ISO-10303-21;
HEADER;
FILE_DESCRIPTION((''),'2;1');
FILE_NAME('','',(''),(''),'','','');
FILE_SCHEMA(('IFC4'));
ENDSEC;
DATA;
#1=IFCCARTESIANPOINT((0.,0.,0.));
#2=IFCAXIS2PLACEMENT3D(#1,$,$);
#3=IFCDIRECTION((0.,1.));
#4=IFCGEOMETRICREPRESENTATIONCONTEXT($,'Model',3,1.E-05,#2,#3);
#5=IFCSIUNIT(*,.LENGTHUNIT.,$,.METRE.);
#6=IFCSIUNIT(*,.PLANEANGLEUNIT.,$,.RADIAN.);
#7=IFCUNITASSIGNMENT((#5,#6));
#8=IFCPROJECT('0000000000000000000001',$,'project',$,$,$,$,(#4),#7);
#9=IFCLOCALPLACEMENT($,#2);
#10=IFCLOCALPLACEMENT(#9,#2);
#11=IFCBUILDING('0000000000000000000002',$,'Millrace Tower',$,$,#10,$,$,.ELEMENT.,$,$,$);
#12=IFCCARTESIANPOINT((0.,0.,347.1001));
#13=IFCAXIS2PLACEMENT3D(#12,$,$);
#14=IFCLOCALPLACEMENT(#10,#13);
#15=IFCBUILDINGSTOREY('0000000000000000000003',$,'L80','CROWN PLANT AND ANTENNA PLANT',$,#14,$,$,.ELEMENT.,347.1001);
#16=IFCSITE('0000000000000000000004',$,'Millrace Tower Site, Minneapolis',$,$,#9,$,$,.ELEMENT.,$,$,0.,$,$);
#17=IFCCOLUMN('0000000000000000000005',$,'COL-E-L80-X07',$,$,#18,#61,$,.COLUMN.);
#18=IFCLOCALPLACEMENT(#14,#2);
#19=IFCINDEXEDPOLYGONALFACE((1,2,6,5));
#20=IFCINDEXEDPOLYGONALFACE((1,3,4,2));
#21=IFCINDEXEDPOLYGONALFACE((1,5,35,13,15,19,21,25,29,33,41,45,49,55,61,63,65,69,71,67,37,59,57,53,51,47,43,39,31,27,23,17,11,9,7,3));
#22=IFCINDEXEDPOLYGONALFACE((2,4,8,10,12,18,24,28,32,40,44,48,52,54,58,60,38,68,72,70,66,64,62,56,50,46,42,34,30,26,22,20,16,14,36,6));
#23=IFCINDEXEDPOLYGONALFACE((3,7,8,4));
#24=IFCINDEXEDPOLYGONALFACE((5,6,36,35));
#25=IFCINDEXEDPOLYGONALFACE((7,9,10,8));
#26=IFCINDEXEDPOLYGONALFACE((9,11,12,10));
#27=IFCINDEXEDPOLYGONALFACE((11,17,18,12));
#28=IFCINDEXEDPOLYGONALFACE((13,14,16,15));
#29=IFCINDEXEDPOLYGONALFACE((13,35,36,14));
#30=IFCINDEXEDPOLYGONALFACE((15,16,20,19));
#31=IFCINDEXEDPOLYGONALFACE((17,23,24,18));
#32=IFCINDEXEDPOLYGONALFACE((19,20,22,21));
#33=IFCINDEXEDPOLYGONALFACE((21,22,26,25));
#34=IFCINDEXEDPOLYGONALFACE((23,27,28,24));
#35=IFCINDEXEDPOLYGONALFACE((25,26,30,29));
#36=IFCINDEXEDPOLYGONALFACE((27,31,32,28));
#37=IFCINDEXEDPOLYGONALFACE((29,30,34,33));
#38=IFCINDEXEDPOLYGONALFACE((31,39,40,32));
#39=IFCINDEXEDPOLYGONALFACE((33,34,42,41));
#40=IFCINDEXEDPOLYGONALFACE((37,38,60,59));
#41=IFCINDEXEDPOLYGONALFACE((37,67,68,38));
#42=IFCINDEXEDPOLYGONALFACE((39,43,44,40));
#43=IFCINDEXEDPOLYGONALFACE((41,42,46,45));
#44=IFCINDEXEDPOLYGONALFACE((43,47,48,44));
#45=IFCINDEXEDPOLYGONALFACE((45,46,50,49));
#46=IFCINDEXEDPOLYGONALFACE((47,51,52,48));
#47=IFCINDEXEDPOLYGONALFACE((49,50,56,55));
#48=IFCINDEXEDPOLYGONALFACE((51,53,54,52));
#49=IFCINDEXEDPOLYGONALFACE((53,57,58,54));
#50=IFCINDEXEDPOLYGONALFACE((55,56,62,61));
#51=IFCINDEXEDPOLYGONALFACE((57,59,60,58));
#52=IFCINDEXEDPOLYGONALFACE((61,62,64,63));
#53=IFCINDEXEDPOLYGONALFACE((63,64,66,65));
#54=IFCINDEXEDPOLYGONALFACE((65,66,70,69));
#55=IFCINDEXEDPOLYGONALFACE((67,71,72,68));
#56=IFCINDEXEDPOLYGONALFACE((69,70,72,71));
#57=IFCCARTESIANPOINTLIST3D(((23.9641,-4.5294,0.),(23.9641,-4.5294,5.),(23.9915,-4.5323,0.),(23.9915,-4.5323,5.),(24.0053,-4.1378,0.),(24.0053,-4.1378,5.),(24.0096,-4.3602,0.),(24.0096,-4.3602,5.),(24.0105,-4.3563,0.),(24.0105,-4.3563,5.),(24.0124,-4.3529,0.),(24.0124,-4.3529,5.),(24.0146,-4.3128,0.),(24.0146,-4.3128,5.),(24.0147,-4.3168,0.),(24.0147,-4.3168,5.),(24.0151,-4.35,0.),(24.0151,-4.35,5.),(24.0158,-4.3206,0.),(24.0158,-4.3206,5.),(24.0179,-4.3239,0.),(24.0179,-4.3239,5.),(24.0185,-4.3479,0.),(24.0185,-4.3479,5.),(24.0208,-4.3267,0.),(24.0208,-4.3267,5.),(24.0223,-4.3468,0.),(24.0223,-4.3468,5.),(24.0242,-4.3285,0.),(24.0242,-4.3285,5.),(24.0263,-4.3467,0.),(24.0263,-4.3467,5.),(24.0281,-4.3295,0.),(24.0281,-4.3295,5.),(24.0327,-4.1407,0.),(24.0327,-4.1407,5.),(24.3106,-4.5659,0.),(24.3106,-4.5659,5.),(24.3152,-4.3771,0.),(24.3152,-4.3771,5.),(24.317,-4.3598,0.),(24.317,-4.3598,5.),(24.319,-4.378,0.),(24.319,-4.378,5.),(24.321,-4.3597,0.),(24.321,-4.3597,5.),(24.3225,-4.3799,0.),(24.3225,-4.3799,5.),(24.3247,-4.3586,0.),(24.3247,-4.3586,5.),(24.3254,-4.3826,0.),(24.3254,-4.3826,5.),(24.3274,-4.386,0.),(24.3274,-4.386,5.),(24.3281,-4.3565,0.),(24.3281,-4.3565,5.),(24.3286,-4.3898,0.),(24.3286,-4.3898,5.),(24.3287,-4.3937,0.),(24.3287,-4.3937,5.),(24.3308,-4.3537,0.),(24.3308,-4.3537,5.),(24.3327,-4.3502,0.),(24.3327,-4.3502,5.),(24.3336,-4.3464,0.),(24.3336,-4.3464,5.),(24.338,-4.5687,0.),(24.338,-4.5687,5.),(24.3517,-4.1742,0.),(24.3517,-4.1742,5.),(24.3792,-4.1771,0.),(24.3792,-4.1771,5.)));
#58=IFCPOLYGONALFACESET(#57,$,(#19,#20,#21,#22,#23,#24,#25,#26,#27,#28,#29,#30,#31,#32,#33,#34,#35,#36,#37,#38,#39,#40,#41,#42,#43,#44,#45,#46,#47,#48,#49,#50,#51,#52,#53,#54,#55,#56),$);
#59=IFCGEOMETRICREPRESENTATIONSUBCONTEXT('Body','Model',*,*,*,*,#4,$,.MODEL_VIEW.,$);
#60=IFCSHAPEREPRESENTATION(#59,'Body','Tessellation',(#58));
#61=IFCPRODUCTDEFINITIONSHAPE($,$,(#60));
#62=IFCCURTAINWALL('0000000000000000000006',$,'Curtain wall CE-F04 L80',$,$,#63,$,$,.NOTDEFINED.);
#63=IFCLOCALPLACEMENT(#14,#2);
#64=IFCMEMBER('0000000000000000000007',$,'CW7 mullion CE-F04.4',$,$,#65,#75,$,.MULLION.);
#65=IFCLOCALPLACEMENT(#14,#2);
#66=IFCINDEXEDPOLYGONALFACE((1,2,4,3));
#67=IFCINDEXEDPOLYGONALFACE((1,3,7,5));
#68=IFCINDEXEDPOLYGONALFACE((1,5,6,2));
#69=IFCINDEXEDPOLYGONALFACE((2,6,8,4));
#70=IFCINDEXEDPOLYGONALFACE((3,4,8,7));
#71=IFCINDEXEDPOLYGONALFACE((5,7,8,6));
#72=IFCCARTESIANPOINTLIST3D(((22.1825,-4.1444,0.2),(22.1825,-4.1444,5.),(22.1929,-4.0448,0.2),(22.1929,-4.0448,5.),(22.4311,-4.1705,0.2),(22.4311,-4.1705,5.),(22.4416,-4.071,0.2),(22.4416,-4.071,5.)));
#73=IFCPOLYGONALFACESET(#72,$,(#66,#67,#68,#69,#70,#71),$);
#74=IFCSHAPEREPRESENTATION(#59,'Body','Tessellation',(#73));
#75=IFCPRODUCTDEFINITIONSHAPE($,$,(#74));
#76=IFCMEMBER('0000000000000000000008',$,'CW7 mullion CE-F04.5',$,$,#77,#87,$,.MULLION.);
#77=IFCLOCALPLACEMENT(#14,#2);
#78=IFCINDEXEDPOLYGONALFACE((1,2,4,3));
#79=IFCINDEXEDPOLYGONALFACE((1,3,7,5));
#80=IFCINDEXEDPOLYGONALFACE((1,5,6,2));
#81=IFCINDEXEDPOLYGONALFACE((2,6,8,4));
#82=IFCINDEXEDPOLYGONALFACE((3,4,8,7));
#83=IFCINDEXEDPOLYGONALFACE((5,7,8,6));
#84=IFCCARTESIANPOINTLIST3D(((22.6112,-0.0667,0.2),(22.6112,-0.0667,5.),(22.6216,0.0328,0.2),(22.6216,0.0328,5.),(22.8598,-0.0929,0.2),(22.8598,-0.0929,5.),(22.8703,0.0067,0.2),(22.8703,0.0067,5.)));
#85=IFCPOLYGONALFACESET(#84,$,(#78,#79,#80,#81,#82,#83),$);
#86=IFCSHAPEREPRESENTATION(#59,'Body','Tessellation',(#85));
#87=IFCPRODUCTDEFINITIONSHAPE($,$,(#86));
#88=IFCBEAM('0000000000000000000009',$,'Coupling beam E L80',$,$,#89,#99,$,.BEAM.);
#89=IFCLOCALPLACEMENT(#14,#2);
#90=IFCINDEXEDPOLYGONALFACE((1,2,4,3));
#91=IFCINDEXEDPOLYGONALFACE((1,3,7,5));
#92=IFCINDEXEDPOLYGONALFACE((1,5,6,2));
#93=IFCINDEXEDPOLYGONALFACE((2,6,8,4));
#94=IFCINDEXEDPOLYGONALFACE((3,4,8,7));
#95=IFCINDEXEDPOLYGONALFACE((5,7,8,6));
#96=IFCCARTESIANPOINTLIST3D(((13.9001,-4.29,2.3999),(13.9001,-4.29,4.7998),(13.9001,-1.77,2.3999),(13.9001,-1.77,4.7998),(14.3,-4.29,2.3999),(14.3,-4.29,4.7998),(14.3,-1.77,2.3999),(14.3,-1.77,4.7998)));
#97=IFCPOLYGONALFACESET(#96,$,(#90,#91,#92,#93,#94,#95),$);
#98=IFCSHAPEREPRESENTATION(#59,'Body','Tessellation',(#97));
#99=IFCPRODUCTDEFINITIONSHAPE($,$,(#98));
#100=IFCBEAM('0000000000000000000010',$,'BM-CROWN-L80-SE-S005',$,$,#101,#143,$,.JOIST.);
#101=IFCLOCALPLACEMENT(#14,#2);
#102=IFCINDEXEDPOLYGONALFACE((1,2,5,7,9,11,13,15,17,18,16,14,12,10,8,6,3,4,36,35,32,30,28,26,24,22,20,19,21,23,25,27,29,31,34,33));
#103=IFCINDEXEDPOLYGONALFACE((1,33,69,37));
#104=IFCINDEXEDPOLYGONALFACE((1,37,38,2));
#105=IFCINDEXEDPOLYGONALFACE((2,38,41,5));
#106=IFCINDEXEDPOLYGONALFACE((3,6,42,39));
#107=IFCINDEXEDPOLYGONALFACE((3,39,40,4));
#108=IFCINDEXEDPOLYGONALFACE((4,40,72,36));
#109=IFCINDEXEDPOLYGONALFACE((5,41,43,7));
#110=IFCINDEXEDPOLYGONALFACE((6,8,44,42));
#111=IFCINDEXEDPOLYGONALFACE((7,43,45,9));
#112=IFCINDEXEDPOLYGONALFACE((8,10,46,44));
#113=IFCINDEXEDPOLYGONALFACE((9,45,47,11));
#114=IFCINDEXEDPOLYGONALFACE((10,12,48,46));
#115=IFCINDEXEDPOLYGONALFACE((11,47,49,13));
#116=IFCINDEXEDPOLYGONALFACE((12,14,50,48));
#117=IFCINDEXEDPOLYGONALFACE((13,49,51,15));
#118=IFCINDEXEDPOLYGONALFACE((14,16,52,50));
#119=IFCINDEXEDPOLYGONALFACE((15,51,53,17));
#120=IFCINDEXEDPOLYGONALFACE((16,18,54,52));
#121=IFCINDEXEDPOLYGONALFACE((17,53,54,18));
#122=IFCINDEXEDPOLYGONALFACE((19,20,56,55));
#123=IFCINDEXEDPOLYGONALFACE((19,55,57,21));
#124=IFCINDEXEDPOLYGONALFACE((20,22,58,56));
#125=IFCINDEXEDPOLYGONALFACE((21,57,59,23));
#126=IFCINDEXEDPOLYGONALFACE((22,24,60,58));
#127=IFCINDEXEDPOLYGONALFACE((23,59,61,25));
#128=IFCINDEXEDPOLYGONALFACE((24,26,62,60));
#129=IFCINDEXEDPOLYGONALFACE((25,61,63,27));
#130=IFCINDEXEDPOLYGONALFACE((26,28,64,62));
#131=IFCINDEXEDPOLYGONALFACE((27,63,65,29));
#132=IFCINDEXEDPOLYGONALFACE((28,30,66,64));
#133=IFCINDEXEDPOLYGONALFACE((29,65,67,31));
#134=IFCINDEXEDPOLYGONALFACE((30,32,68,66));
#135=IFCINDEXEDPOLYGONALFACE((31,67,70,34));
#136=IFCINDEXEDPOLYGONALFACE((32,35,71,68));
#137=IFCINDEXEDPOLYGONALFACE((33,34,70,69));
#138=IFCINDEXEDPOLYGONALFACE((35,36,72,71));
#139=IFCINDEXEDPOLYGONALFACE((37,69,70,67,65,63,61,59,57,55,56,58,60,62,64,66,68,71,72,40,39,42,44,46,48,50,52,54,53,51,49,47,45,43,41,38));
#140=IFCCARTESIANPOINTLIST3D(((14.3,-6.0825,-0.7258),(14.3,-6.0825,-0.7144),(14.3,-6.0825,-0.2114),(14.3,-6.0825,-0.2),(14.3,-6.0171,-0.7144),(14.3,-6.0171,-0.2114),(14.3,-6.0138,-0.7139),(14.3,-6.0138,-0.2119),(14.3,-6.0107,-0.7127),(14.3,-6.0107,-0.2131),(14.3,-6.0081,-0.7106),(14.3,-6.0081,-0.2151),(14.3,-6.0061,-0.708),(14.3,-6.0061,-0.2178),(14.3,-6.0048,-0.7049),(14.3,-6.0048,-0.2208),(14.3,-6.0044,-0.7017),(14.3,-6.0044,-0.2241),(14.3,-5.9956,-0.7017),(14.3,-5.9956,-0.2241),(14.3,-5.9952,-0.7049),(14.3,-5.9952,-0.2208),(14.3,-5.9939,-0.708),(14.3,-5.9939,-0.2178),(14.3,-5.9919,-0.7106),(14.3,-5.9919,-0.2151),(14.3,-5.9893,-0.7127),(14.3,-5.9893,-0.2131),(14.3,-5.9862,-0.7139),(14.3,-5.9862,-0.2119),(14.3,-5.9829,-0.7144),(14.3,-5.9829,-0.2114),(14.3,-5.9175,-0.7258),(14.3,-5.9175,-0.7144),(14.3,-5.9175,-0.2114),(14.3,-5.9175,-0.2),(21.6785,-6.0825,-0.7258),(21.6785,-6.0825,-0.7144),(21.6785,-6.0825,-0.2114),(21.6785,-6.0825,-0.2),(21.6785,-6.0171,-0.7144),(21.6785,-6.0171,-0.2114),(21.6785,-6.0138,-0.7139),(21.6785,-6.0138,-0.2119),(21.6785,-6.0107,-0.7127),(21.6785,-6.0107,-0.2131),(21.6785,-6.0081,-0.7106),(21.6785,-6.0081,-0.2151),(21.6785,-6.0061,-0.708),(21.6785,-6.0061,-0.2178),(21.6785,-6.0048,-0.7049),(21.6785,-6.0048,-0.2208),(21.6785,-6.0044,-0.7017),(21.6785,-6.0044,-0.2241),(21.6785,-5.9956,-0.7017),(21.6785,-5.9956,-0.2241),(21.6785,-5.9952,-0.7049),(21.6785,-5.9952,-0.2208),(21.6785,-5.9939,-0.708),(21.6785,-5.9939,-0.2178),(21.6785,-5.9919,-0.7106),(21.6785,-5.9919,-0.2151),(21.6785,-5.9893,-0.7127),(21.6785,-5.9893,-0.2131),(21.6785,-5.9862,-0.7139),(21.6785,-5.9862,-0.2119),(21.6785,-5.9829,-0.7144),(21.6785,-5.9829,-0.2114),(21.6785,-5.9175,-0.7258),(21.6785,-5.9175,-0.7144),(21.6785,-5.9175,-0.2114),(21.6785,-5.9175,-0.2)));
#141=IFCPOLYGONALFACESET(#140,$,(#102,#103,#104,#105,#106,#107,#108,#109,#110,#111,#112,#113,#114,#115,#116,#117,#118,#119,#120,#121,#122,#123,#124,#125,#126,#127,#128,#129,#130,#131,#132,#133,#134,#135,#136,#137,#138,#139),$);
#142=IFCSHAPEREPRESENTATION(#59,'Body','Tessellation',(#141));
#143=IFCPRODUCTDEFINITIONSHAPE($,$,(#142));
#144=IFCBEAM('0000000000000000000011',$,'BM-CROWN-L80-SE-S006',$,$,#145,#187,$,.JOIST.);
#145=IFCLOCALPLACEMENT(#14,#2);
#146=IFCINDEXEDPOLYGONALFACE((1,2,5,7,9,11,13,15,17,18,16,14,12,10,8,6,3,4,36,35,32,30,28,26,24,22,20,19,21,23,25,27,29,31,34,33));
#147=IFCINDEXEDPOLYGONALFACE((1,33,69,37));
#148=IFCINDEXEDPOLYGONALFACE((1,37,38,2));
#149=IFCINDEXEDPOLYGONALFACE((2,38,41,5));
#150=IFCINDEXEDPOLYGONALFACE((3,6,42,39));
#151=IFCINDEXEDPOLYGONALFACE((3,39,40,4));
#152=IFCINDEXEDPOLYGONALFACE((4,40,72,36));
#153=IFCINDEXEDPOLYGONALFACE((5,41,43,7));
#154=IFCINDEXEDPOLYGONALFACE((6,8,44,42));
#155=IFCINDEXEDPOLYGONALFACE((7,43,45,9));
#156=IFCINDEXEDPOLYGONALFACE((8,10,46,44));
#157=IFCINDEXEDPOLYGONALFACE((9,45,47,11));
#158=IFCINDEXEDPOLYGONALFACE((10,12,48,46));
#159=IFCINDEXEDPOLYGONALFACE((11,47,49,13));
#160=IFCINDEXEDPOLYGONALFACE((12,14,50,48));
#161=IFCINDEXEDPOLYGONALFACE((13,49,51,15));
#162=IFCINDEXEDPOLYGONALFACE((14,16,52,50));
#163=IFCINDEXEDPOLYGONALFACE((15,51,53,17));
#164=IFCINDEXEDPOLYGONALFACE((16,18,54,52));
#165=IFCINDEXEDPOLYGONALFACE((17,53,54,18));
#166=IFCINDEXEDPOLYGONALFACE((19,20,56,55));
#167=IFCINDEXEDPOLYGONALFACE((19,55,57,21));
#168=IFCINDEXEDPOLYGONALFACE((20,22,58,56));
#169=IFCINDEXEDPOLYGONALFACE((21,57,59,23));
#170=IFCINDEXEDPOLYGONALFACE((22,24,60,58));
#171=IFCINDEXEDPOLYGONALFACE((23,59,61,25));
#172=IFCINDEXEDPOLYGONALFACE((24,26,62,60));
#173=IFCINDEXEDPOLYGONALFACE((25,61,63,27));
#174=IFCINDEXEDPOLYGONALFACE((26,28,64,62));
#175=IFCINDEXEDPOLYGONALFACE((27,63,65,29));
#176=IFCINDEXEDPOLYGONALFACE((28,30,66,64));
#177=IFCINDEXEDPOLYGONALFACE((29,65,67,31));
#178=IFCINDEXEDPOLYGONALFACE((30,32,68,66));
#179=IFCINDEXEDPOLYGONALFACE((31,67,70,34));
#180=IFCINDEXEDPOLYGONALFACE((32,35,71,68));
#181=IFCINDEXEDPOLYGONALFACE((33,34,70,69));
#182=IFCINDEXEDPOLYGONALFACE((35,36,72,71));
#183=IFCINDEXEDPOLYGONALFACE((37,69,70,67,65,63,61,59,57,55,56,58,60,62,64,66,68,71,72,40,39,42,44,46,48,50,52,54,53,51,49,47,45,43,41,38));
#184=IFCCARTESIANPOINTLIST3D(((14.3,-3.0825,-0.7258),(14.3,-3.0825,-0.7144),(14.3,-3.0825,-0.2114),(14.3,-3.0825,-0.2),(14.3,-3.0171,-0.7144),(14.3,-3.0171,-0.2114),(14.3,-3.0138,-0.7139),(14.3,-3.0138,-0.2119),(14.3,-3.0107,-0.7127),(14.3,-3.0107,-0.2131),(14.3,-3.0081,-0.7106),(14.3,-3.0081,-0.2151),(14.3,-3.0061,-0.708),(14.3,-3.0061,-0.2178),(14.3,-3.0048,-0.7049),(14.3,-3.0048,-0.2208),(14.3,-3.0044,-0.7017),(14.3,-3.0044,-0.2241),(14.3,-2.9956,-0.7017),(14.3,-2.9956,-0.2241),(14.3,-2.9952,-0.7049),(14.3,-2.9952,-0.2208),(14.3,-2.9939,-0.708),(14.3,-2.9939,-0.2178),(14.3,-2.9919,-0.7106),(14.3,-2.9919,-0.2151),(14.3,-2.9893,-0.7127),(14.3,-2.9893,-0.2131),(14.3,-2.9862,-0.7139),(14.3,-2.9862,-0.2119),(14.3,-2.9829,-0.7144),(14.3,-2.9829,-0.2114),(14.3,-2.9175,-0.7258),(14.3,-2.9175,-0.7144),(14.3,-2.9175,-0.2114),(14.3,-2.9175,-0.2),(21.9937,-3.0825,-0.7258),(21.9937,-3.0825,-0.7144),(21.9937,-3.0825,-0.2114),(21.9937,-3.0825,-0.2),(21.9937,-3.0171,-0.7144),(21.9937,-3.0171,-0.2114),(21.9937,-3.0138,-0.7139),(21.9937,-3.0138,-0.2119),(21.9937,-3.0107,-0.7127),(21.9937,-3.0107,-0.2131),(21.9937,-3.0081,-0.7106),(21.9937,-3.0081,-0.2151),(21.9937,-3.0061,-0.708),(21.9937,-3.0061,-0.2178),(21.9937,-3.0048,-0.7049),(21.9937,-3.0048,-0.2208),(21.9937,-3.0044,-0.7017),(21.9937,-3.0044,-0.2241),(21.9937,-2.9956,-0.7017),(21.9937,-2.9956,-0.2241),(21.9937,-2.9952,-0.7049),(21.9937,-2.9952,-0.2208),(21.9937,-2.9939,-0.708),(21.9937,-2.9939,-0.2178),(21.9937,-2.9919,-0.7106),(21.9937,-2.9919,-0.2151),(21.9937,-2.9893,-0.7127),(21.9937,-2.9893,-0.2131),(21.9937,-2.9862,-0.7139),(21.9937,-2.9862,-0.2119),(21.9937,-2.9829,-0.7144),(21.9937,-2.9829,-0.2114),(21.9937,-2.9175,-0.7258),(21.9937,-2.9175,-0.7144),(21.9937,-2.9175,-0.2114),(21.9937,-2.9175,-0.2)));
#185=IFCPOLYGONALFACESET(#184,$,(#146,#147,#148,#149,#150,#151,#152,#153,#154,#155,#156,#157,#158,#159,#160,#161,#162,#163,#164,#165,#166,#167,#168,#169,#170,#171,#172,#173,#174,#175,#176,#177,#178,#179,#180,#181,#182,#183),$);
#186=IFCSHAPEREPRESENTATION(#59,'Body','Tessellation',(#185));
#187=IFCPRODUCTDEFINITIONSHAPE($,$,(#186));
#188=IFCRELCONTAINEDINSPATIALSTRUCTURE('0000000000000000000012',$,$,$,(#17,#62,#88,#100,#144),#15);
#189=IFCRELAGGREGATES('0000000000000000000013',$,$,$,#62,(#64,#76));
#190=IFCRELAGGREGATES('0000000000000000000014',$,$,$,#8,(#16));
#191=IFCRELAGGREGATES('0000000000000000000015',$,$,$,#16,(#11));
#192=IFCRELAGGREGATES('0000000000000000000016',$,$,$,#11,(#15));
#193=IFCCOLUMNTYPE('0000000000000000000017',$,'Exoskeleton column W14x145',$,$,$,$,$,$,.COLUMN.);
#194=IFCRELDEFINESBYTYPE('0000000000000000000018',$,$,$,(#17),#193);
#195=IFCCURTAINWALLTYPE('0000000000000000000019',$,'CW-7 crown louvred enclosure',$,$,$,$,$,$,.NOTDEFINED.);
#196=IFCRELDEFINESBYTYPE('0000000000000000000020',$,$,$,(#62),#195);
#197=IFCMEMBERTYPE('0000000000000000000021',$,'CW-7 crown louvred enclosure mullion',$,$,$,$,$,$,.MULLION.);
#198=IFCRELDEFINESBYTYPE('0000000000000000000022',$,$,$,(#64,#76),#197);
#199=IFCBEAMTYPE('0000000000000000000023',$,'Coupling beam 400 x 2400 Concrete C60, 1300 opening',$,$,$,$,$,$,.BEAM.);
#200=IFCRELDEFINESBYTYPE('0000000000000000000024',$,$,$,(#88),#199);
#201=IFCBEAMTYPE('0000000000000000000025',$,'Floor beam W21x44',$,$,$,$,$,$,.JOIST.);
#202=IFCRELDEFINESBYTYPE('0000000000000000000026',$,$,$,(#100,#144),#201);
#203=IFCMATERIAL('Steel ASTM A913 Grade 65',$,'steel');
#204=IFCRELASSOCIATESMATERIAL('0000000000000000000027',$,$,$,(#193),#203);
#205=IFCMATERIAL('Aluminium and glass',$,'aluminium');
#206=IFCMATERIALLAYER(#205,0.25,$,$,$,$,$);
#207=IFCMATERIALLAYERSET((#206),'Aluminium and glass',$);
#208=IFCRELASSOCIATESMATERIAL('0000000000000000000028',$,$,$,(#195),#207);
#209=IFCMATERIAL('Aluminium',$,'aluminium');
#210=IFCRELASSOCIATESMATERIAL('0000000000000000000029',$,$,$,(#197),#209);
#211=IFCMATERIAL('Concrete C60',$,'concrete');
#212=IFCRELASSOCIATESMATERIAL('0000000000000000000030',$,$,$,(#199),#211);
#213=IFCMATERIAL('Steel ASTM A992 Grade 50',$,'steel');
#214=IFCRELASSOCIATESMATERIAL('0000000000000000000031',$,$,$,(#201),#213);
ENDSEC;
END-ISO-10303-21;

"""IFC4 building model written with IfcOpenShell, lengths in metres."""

from ifc_helpers import new_model, si_unit, direction, frame, origin, origin_2d, place, context, subcontext, project, spatial, rectangle, i_section, extrude, material, layer, layer_set, material_profile, profile_set, type_object, element, aggregate, save


model = new_model("IFC4")

# Units and contexts
model_context = context("Model", 3, precision=1e-05, world=origin(), true_north=direction((0.0, 1.0)))
body_context = subcontext(model_context, "Body", "Model", "MODEL_VIEW")
ifc_project = project(units=[si_unit("LENGTHUNIT", "METRE"), si_unit("PLANEANGLEUNIT", "RADIAN")], contexts=[model_context])

# Site, building, storey
site_placement = place(None, origin())
site = spatial("IfcSite", under=ifc_project, at=site_placement, Name="Millrace Tower Site, Minneapolis", CompositionType="ELEMENT", RefElevation=0.0)
building_placement = place(site_placement, origin())
building = spatial("IfcBuilding", under=site, at=building_placement, Name="Millrace Tower", CompositionType="ELEMENT")
storey_placement = place(building_placement, frame((0.0, 0.0, 347.1001)))
storey = spatial("IfcBuildingStorey", under=building, at=storey_placement, Name="L80", Description="CROWN PLANT AND ANTENNA PLANT", CompositionType="ELEMENT", Elevation=347.1001)

# Column
ifc_material_1 = material(Name="Steel ASTM A913 Grade 65", Category="steel")
ifc_material_profile_1 = material_profile(ifc_material_1, i_section(OverallWidth=0.3938, OverallDepth=0.376, WebThickness=0.0173, FlangeThickness=0.0276, FilletRadius=0.0151, at=origin_2d()))
ifc_profile_set_1 = profile_set([ifc_material_profile_1], Name="Steel ASTM A913 Grade 65")
column_type = type_object("IfcColumnType", Name="Exoskeleton column W14x145", PredefinedType="COLUMN", material=ifc_profile_set_1)
column_placement = place(storey_placement, frame((24.1716, -4.3533, 0.0), z_axis=(0.0, 0.0, 1.0), x_axis=(0.104528, 0.994522, 0.0)))
element("IfcColumn", 1, at=column_placement, inside=storey, type_object=column_type, Name="COL-E-L80-X07", PredefinedType="COLUMN", context=body_context, shape_type="SweptSolid", body=[
    extrude(i_section(OverallWidth=0.3938, OverallDepth=0.376, WebThickness=0.0173, FlangeThickness=0.0276, FilletRadius=0.0151, at=origin_2d()), origin(), (0.0, 0.0, 1.0), 5.0),
])

# Curtain wall, members
ifc_material_2 = material(Name="Aluminium and glass", Category="aluminium")
ifc_layer_1 = layer(ifc_material_2, 0.25)
ifc_layer_set_1 = layer_set([ifc_layer_1], Name="Aluminium and glass")
curtain_wall_type = type_object("IfcCurtainWallType", Name="CW-7 crown louvred enclosure", PredefinedType="NOTDEFINED", material=ifc_layer_set_1)
placement = place(storey_placement, origin())
curtain_wall = element("IfcCurtainWall", 2, at=placement, inside=storey, type_object=curtain_wall_type, Name="Curtain wall CE-F04 L80", PredefinedType="NOTDEFINED")
ifc_material_3 = material(Name="Aluminium", Category="aluminium")
ifc_material_profile_2 = material_profile(ifc_material_3, rectangle(XDim=0.1001, YDim=0.25, at=origin_2d()))
ifc_profile_set_2 = profile_set([ifc_material_profile_2], Name="Aluminium")
member_type = type_object("IfcMemberType", Name="CW-7 crown louvred enclosure mullion", PredefinedType="MULLION", material=ifc_profile_set_2)
member_1_placement = place(storey_placement, frame((22.312, -4.1077, 0.2), z_axis=(0.0, 0.0, 1.0), x_axis=(0.104528, 0.994522, 0.0)))
member_1 = element("IfcMember", 3, at=member_1_placement, type_object=member_type, Name="CW7 mullion CE-F04.4", PredefinedType="MULLION", context=body_context, shape_type="SweptSolid", body=[
    extrude(rectangle(XDim=0.1001, YDim=0.25, at=origin_2d()), origin(), (0.0, 0.0, 1.0), 4.8),
])
member_2_placement = place(storey_placement, frame((22.7407, -0.03, 0.2), z_axis=(0.0, 0.0, 1.0), x_axis=(0.104528, 0.994522, 0.0)))
member_2 = element("IfcMember", 4, at=member_2_placement, type_object=member_type, Name="CW7 mullion CE-F04.5", PredefinedType="MULLION", context=body_context, shape_type="SweptSolid", body=[
    extrude(rectangle(XDim=0.1001, YDim=0.25, at=origin_2d()), origin(), (0.0, 0.0, 1.0), 4.8),
])
aggregate(curtain_wall, [member_1, member_2])

# Beams
ifc_material_4 = material(Name="Concrete C60", Category="concrete")
ifc_material_profile_3 = material_profile(ifc_material_4, rectangle(XDim=0.3999, YDim=2.3999, at=origin_2d()))
ifc_profile_set_3 = profile_set([ifc_material_profile_3], Name="Concrete C60")
beam_type_1 = type_object("IfcBeamType", Name="Coupling beam 400 x 2400 Concrete C60, 1300 opening", PredefinedType="BEAM", material=ifc_profile_set_3)
beam_1_placement = place(storey_placement, frame((14.1001, -1.77, 3.5999), z_axis=(0.0, -1.0, 0.0), x_axis=(1.0, 0.0, 0.0)))
element("IfcBeam", 5, at=beam_1_placement, inside=storey, type_object=beam_type_1, Name="Coupling beam E L80", PredefinedType="BEAM", context=body_context, shape_type="SweptSolid", body=[
    extrude(rectangle(XDim=0.3999, YDim=2.3999, at=origin_2d()), origin(), (0.0, 0.0, 1.0), 2.52),
])
ifc_material_5 = material(Name="Steel ASTM A992 Grade 50", Category="steel")
ifc_material_profile_4 = material_profile(ifc_material_5, i_section(OverallWidth=0.165, OverallDepth=0.5259, WebThickness=0.0088, FlangeThickness=0.0115, FilletRadius=0.0127, at=origin_2d()))
ifc_profile_set_4 = profile_set([ifc_material_profile_4], Name="Steel ASTM A992 Grade 50")
beam_type_2 = type_object("IfcBeamType", Name="Floor beam W21x44", PredefinedType="JOIST", material=ifc_profile_set_4)
beam_2_placement = place(storey_placement, frame((14.3, -6.0, -0.4629), z_axis=(1.0, 0.0, 0.0), x_axis=(0.0, 1.0, 0.0)))
element("IfcBeam", 6, at=beam_2_placement, inside=storey, type_object=beam_type_2, Name="BM-CROWN-L80-SE-S005", PredefinedType="JOIST", context=body_context, shape_type="SweptSolid", body=[
    extrude(i_section(OverallWidth=0.165, OverallDepth=0.5259, WebThickness=0.0088, FlangeThickness=0.0115, FilletRadius=0.0127, at=origin_2d()), origin(), (0.0, 0.0, 1.0), 7.3784),
])
beam_3_placement = place(storey_placement, frame((14.3, -3.0, -0.4629), z_axis=(1.0, 0.0, 0.0), x_axis=(0.0, 1.0, 0.0)))
element("IfcBeam", 7, at=beam_3_placement, inside=storey, type_object=beam_type_2, Name="BM-CROWN-L80-SE-S006", PredefinedType="JOIST", context=body_context, shape_type="SweptSolid", body=[
    extrude(i_section(OverallWidth=0.165, OverallDepth=0.5259, WebThickness=0.0088, FlangeThickness=0.0115, FilletRadius=0.0127, at=origin_2d()), origin(), (0.0, 0.0, 1.0), 7.6936),
])

save(model, "model.ifc")
